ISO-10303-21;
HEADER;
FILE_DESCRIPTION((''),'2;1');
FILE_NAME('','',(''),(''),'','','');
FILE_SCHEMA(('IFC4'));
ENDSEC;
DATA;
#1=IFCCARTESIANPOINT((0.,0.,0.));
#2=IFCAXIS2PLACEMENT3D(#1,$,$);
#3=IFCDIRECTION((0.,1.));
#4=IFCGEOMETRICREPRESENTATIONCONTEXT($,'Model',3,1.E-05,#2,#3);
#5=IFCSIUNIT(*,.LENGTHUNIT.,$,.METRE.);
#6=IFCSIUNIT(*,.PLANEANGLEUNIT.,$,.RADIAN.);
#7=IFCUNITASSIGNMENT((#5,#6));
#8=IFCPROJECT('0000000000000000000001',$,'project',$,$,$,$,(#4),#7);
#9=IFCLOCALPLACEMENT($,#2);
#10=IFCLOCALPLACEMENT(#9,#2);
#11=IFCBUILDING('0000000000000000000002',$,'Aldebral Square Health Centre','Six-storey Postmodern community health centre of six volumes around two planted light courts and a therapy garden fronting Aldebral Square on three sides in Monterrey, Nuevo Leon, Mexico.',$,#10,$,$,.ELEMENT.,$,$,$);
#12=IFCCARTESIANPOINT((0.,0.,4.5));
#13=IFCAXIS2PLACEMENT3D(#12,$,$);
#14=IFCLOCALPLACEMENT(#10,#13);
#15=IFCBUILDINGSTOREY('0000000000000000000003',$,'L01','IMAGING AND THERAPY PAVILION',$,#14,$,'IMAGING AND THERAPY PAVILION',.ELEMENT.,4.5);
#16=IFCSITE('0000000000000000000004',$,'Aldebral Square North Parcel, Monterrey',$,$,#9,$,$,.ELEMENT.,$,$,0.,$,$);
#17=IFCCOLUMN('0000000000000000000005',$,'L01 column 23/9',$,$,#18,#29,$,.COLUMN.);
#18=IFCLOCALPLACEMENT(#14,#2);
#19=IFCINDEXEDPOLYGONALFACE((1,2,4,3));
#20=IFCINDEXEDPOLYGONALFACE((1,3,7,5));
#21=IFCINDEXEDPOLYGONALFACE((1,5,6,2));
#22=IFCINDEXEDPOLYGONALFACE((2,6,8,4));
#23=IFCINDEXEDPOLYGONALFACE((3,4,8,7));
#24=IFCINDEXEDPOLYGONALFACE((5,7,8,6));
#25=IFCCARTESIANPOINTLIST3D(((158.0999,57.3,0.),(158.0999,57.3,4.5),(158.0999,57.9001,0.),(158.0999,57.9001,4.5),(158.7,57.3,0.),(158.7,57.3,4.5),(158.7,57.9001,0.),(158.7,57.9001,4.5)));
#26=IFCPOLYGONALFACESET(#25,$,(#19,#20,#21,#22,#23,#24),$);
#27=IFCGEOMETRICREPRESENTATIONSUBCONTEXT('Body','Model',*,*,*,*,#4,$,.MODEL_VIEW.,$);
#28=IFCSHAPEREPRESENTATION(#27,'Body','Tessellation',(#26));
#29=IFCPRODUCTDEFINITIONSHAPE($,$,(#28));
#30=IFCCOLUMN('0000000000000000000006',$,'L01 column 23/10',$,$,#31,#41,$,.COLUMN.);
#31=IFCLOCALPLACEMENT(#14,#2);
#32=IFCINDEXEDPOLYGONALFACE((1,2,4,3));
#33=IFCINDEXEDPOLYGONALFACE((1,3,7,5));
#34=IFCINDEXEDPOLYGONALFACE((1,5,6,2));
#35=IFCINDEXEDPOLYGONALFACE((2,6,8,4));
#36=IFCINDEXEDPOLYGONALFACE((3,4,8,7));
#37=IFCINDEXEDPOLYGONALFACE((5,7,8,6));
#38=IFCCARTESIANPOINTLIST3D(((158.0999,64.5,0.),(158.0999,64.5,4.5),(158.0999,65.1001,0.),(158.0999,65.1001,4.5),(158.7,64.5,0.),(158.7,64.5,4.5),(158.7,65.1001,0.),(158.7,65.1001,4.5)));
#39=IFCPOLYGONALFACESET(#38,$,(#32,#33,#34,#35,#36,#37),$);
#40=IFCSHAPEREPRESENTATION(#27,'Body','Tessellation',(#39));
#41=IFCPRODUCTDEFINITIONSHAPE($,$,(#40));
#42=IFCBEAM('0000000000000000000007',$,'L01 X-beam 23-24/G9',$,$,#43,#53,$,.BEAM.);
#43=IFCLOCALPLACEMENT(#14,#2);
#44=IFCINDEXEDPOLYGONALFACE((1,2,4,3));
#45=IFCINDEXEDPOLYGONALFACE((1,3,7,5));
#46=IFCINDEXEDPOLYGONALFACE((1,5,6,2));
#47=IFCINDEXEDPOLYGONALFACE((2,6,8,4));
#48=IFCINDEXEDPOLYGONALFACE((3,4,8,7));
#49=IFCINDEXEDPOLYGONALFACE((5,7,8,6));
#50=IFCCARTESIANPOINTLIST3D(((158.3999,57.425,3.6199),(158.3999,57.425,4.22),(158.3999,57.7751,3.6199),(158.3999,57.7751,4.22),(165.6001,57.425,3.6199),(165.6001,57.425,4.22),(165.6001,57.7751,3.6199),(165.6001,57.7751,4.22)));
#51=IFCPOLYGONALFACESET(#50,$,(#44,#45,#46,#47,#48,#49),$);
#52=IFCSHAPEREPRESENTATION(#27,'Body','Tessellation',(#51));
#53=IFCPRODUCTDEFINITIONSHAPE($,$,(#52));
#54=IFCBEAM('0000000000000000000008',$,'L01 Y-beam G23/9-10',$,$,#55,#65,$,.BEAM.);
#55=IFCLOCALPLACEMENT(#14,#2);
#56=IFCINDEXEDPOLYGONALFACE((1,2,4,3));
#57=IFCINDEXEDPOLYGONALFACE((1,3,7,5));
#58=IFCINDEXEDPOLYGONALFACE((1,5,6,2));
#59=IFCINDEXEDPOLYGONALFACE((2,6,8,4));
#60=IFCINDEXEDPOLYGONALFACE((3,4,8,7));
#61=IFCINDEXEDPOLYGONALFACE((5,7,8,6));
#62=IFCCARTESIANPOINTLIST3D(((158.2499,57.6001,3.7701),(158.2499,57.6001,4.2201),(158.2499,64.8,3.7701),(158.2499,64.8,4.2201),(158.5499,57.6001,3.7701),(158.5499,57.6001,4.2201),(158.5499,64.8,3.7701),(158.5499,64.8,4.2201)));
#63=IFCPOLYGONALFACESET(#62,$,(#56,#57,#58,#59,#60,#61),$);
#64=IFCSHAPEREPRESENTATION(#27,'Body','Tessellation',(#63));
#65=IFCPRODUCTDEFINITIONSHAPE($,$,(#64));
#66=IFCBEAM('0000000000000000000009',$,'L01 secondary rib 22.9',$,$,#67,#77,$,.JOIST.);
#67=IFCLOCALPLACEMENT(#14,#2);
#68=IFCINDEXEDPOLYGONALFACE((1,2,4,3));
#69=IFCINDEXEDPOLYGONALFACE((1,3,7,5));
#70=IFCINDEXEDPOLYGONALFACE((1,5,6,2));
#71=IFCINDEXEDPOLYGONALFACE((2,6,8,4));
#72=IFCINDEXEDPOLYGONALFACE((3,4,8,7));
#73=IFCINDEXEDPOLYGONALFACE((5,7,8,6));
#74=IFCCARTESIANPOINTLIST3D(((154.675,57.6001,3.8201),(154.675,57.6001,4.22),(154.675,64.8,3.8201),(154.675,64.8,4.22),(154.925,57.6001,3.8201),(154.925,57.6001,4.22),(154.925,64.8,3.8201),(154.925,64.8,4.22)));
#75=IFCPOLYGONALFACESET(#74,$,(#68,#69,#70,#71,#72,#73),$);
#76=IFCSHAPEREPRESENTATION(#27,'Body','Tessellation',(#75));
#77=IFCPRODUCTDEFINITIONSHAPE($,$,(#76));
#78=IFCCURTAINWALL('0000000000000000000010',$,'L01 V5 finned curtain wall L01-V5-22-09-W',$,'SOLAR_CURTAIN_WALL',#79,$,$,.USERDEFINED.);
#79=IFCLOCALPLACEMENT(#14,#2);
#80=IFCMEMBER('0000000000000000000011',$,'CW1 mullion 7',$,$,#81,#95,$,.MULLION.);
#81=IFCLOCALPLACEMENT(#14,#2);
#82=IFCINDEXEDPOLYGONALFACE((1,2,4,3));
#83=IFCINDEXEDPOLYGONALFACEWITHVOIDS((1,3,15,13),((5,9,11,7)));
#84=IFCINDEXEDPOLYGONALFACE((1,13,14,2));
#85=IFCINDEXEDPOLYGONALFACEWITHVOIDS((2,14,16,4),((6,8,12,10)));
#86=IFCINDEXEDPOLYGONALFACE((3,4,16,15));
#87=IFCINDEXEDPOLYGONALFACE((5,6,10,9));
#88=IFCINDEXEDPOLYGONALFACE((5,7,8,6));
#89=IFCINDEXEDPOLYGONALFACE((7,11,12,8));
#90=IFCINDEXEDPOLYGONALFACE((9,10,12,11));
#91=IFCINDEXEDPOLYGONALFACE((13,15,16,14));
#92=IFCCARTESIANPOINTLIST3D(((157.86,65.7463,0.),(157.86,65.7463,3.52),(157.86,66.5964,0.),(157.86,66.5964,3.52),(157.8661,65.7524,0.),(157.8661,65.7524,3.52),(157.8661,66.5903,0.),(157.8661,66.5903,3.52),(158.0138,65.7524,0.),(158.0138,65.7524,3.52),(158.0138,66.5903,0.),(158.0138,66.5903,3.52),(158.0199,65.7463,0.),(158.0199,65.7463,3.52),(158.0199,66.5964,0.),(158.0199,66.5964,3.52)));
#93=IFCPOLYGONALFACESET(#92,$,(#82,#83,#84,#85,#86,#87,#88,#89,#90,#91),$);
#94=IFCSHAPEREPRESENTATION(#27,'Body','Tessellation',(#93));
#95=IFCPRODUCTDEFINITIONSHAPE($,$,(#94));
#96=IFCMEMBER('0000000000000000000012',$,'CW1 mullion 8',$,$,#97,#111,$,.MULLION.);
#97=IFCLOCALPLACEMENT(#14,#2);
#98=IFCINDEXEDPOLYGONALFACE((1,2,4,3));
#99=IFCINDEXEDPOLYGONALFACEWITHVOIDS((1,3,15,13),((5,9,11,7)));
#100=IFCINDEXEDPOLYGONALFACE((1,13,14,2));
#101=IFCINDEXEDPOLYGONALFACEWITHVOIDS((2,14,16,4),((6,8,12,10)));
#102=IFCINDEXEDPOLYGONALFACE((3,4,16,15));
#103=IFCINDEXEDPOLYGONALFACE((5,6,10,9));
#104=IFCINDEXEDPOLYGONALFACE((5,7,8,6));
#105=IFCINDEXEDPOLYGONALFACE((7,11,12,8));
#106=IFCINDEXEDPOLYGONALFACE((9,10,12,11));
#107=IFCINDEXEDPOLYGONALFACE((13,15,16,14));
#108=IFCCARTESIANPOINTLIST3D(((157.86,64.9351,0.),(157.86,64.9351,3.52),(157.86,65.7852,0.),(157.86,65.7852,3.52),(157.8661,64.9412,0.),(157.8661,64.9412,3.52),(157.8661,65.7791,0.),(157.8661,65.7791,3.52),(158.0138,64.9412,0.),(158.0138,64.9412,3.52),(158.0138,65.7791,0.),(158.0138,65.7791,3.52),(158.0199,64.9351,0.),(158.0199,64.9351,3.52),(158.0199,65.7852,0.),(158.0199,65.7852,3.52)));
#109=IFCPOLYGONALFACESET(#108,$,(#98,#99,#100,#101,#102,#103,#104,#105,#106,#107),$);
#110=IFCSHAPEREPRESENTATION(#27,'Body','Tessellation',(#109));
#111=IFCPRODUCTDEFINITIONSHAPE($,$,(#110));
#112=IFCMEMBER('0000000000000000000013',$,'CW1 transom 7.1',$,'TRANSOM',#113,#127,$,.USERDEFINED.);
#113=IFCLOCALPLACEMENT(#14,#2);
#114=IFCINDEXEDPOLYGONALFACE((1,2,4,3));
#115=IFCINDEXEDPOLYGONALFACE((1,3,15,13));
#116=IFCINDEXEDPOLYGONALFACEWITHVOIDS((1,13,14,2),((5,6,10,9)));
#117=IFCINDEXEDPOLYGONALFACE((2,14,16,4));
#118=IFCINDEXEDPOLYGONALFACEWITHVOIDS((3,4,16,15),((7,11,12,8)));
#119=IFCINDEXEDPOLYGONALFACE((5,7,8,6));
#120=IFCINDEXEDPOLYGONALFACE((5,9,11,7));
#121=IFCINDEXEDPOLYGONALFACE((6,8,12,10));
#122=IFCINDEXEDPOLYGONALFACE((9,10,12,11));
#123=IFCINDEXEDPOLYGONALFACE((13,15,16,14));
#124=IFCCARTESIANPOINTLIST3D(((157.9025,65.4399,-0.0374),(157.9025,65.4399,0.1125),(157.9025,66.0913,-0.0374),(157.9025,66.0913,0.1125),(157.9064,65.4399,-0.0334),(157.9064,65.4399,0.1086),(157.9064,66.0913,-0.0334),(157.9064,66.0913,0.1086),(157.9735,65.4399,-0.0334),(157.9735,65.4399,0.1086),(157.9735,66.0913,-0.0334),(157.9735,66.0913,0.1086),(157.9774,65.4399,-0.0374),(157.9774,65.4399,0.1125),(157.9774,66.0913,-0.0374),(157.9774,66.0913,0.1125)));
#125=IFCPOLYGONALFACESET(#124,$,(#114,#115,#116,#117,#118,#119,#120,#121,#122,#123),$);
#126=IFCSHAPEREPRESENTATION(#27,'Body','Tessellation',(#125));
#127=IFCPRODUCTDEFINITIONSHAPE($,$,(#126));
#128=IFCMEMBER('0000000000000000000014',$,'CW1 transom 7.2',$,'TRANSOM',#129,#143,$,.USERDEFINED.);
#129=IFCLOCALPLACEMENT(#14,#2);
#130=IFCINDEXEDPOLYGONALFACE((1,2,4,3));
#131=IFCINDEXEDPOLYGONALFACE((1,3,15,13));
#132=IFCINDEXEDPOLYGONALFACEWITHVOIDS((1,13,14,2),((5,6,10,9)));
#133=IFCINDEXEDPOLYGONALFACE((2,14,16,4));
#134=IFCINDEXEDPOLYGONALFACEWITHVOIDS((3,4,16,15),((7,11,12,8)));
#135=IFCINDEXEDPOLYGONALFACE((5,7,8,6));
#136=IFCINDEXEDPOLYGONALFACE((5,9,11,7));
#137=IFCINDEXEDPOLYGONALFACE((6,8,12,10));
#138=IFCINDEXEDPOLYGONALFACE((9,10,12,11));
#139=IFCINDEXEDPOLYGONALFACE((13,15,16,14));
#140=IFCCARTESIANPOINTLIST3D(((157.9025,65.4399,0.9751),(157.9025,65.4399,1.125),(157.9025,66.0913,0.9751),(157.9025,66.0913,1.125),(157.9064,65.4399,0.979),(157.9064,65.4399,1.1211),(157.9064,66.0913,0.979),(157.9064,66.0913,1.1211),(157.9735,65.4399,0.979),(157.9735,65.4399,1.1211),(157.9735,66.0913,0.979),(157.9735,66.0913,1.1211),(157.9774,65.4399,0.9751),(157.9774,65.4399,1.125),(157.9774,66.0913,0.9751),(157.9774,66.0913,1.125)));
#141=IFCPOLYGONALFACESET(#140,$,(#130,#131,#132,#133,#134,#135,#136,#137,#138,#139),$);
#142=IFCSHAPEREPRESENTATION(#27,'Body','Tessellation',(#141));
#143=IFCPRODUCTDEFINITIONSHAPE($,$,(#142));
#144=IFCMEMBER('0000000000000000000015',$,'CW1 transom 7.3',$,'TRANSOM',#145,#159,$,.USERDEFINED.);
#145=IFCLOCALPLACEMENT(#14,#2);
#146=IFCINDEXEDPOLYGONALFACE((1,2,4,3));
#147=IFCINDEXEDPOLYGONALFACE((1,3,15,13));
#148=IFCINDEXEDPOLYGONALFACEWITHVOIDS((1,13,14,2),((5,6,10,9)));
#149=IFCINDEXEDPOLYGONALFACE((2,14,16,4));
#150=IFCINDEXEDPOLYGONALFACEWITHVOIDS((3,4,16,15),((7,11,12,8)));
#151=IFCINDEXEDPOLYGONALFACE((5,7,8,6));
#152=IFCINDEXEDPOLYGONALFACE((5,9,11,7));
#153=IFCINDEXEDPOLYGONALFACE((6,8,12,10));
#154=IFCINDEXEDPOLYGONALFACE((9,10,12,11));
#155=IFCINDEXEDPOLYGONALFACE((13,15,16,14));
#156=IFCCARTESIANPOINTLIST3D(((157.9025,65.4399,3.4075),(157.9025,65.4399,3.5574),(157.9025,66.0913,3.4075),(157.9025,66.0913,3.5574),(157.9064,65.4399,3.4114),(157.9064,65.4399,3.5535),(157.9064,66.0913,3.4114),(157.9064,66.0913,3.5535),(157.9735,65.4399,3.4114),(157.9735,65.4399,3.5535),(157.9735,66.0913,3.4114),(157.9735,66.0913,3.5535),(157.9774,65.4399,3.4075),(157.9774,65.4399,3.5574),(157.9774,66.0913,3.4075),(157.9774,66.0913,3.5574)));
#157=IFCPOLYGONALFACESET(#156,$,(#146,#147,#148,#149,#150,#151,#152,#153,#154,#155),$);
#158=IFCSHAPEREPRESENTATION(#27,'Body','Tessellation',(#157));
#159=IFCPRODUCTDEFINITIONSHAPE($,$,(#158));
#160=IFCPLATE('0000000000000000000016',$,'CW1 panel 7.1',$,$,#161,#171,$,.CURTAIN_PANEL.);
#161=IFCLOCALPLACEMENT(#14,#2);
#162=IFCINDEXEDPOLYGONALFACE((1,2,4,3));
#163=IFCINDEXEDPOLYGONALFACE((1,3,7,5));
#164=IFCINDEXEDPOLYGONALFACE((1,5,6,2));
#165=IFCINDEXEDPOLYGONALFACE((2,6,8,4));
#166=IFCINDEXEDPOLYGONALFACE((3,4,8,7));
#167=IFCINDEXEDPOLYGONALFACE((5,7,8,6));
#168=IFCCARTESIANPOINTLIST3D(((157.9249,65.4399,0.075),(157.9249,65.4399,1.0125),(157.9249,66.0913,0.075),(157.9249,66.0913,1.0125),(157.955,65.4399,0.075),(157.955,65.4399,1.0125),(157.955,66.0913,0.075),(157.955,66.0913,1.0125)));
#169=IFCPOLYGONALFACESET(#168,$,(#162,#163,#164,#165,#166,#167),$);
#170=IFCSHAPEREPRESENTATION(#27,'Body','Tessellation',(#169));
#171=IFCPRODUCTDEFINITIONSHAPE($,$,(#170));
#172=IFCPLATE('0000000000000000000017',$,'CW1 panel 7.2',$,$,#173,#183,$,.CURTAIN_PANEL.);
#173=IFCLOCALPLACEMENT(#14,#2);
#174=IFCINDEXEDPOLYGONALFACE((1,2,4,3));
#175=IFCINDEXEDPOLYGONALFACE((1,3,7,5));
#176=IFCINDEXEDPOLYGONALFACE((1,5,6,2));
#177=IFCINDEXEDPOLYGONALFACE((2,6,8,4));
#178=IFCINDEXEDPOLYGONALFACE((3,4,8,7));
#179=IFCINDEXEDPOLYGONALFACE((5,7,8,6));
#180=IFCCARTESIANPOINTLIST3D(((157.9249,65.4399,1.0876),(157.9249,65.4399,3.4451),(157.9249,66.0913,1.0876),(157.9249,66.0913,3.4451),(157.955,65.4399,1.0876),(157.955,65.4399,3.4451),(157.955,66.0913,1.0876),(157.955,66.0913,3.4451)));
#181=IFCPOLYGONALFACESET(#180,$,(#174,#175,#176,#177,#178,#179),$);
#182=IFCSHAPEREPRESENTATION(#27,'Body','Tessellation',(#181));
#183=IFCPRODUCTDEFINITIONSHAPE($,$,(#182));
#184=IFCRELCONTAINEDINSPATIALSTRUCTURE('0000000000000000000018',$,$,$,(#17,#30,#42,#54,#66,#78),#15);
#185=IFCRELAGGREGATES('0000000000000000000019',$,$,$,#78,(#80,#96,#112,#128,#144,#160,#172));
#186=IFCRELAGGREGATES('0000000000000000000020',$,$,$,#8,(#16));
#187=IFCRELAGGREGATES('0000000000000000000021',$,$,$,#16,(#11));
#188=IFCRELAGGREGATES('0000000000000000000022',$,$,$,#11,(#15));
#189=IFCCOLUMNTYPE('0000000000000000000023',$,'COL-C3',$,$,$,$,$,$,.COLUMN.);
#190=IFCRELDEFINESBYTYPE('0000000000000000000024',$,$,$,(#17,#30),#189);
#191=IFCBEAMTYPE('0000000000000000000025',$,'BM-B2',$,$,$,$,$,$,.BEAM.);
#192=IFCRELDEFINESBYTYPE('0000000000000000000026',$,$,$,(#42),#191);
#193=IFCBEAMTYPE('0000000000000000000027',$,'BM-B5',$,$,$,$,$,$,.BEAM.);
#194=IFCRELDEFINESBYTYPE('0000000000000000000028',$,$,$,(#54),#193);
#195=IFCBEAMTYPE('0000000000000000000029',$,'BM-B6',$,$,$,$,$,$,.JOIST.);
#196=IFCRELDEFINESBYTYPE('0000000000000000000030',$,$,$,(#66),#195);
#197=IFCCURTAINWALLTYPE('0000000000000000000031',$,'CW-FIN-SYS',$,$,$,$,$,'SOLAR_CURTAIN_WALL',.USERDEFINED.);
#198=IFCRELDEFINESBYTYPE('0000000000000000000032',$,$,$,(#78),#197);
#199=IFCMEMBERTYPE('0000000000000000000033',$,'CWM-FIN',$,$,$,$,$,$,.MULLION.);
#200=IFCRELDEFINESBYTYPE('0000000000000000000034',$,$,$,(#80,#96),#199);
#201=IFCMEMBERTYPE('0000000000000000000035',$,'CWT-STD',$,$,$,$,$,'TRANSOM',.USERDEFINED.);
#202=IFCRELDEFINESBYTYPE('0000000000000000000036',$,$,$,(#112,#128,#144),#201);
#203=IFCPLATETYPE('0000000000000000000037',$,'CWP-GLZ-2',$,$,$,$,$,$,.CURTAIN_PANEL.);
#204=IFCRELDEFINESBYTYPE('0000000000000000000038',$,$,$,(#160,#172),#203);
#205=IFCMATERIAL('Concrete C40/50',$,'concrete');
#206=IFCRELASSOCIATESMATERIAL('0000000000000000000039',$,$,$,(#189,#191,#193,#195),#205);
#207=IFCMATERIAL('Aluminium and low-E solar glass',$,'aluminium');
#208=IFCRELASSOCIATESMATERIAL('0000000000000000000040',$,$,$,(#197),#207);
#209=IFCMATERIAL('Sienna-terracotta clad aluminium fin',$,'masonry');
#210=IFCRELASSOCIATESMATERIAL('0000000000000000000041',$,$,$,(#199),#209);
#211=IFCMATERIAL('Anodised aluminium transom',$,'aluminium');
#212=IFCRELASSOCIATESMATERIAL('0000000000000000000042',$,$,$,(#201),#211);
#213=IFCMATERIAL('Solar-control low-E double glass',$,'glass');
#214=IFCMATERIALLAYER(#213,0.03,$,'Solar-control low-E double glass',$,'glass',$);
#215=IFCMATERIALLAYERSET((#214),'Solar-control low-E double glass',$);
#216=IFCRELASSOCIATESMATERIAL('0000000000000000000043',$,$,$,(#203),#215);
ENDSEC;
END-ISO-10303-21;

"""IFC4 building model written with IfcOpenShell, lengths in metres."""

from ifc_helpers import new_model, si_unit, direction, frame, origin, origin_2d, place, context, subcontext, project, spatial, rectangle, hollow_rectangle, extrude, material, layer, layer_set, material_profile, profile_set, type_object, element, aggregate, save


model = new_model("IFC4")

# Units and contexts
model_context = context("Model", 3, precision=1e-05, world=origin(), true_north=direction((0.0, 1.0)))
body_context = subcontext(model_context, "Body", "Model", "MODEL_VIEW")
ifc_project = project(units=[si_unit("LENGTHUNIT", "METRE"), si_unit("PLANEANGLEUNIT", "RADIAN")], contexts=[model_context])

# Site, building, storey
site_placement = place(None, origin())
site = spatial("IfcSite", under=ifc_project, at=site_placement, Name="Aldebral Square North Parcel, Monterrey", CompositionType="ELEMENT", RefElevation=0.0)
building_placement = place(site_placement, origin())
building = spatial("IfcBuilding", under=site, at=building_placement, Name="Aldebral Square Health Centre", Description="Six-storey Postmodern community health centre of six volumes around two planted light courts and a therapy garden fronting Aldebral Square on three sides in Monterrey, Nuevo Leon, Mexico.", CompositionType="ELEMENT")
storey_placement = place(building_placement, frame((0.0, 0.0, 4.5)))
storey = spatial("IfcBuildingStorey", under=building, at=storey_placement, Name="L01", Description="IMAGING AND THERAPY PAVILION", LongName="IMAGING AND THERAPY PAVILION", CompositionType="ELEMENT", Elevation=4.5)

# Columns
ifc_material_1 = material(Name="Concrete C40/50", Category="concrete")
ifc_material_profile_1 = material_profile(ifc_material_1, rectangle(XDim=0.6001, YDim=0.6001, at=origin_2d()), Name="RC 600x600")
ifc_profile_set_1 = profile_set([ifc_material_profile_1], Name="Concrete C40/50")
column_type = type_object("IfcColumnType", Name="COL-C3", PredefinedType="COLUMN", material=ifc_profile_set_1)
for number, where, z_axis, x_axis, name in (
    (1, (158.3999, 57.6001, 0.0), (0.0, 0.0, 1.0), (1.0, 0.0, 0.0), "L01 column 23/9"),
    (2, (158.3999, 64.8, 0.0), (0.0, 0.0, 1.0), (1.0, 0.0, 0.0), "L01 column 23/10"),
):
    element("IfcColumn", number, at=place(storey_placement, frame(where, z_axis=z_axis, x_axis=x_axis)), inside=storey, type_object=column_type, Name=name, PredefinedType="COLUMN", context=body_context, shape_type="SweptSolid", body=[
        extrude(rectangle(XDim=0.6001, YDim=0.6001, at=origin_2d()), origin(), (0.0, 0.0, 1.0), 4.5),
    ])

# Beams
ifc_material_profile_2 = material_profile(ifc_material_1, rectangle(XDim=0.3501, YDim=0.6001, at=origin_2d()), Name="RC 350x600")
ifc_profile_set_2 = profile_set([ifc_material_profile_2], Name="Concrete C40/50")
beam_type_1 = type_object("IfcBeamType", Name="BM-B2", PredefinedType="BEAM", material=ifc_profile_set_2)
beam_1_placement = place(storey_placement, frame((158.3999, 57.6001, 3.9199), z_axis=(1.0, 0.0, 0.0), x_axis=(0.0, 1.0, 0.0)))
element("IfcBeam", 3, at=beam_1_placement, inside=storey, type_object=beam_type_1, Name="L01 X-beam 23-24/G9", PredefinedType="BEAM", context=body_context, shape_type="SweptSolid", body=[
    extrude(rectangle(XDim=0.3501, YDim=0.6001, at=origin_2d()), origin(), (0.0, 0.0, 1.0), 7.2002),
])
ifc_material_profile_3 = material_profile(ifc_material_1, rectangle(XDim=0.3, YDim=0.45, at=origin_2d()), Name="RC 300x450")
ifc_profile_set_3 = profile_set([ifc_material_profile_3], Name="Concrete C40/50")
beam_type_2 = type_object("IfcBeamType", Name="BM-B5", PredefinedType="BEAM", material=ifc_profile_set_3)
beam_2_placement = place(storey_placement, frame((158.3999, 57.6001, 3.9951), z_axis=(0.0, 1.0, 0.0), x_axis=(-1.0, 0.0, 0.0)))
element("IfcBeam", 4, at=beam_2_placement, inside=storey, type_object=beam_type_2, Name="L01 Y-beam G23/9-10", PredefinedType="BEAM", context=body_context, shape_type="SweptSolid", body=[
    extrude(rectangle(XDim=0.3, YDim=0.45, at=origin_2d()), origin(), (0.0, 0.0, 1.0), 7.2),
])
ifc_material_profile_4 = material_profile(ifc_material_1, rectangle(XDim=0.25, YDim=0.3999, at=origin_2d()), Name="RC 250x400")
ifc_profile_set_4 = profile_set([ifc_material_profile_4], Name="Concrete C40/50")
beam_type_3 = type_object("IfcBeamType", Name="BM-B6", PredefinedType="JOIST", material=ifc_profile_set_4)
beam_3_placement = place(storey_placement, frame((154.8, 57.6001, 4.02), z_axis=(0.0, 1.0, 0.0), x_axis=(-1.0, 0.0, 0.0)))
element("IfcBeam", 5, at=beam_3_placement, inside=storey, type_object=beam_type_3, Name="L01 secondary rib 22.9", PredefinedType="JOIST", context=body_context, shape_type="SweptSolid", body=[
    extrude(rectangle(XDim=0.25, YDim=0.3999, at=origin_2d()), origin(), (0.0, 0.0, 1.0), 7.2),
])

# Curtain wall, members, plates
ifc_material_2 = material(Name="Aluminium and low-E solar glass", Category="aluminium")
curtain_wall_type = type_object("IfcCurtainWallType", Name="CW-FIN-SYS", ElementType="SOLAR_CURTAIN_WALL", PredefinedType="USERDEFINED", material=ifc_material_2)
curtain_wall_placement = place(storey_placement, origin())
curtain_wall = element("IfcCurtainWall", 6, at=curtain_wall_placement, inside=storey, type_object=curtain_wall_type, Name="L01 V5 finned curtain wall L01-V5-22-09-W", ObjectType="SOLAR_CURTAIN_WALL", PredefinedType="USERDEFINED")
ifc_material_3 = material(Name="Sienna-terracotta clad aluminium fin", Category="masonry")
ifc_material_profile_5 = material_profile(ifc_material_3, hollow_rectangle(XDim=0.1599, YDim=0.8501, WallThickness=0.0061, at=origin_2d()), Name="FIN 160x850x6")
ifc_profile_set_5 = profile_set([ifc_material_profile_5], Name="Sienna-terracotta clad aluminium fin")
member_type_1 = type_object("IfcMemberType", Name="CWM-FIN", PredefinedType="MULLION", material=ifc_profile_set_5)
member_1_placement = place(storey_placement, frame((157.9399, 66.1714, 0.0), z_axis=(0.0, 0.0, 1.0), x_axis=(1.0, 0.0, 0.0)))
member_1 = element("IfcMember", 7, at=member_1_placement, type_object=member_type_1, Name="CW1 mullion 7", PredefinedType="MULLION", context=body_context, shape_type="SweptSolid", body=[
    extrude(hollow_rectangle(XDim=0.1599, YDim=0.8501, WallThickness=0.0061, at=origin_2d()), origin(), (0.0, 0.0, 1.0), 3.52),
])
member_2_placement = place(storey_placement, frame((157.9399, 65.3601, 0.0), z_axis=(0.0, 0.0, 1.0), x_axis=(1.0, 0.0, 0.0)))
member_2 = element("IfcMember", 8, at=member_2_placement, type_object=member_type_1, Name="CW1 mullion 8", PredefinedType="MULLION", context=body_context, shape_type="SweptSolid", body=[
    extrude(hollow_rectangle(XDim=0.1599, YDim=0.8501, WallThickness=0.0061, at=origin_2d()), origin(), (0.0, 0.0, 1.0), 3.52),
])
ifc_material_4 = material(Name="Anodised aluminium transom", Category="aluminium")
ifc_material_profile_6 = material_profile(ifc_material_4, hollow_rectangle(XDim=0.075, YDim=0.1499, WallThickness=0.0039, at=origin_2d()), Name="CWT 75x150x4")
ifc_profile_set_6 = profile_set([ifc_material_profile_6], Name="Anodised aluminium transom")
member_type_2 = type_object("IfcMemberType", Name="CWT-STD", ElementType="TRANSOM", PredefinedType="USERDEFINED", material=ifc_profile_set_6)
member_3_placement = place(storey_placement, frame((157.9399, 66.0913, 0.0376), z_axis=(0.0, -1.0, 0.0), x_axis=(1.0, 0.0, 0.0)))
member_3 = element("IfcMember", 9, at=member_3_placement, type_object=member_type_2, Name="CW1 transom 7.1", ObjectType="TRANSOM", PredefinedType="USERDEFINED", context=body_context, shape_type="SweptSolid", body=[
    extrude(hollow_rectangle(XDim=0.075, YDim=0.1499, WallThickness=0.0039, at=origin_2d()), origin(), (0.0, 0.0, 1.0), 0.6514),
])
member_4_placement = place(storey_placement, frame((157.9399, 66.0913, 1.05), z_axis=(0.0, -1.0, 0.0), x_axis=(1.0, 0.0, 0.0)))
member_4 = element("IfcMember", 10, at=member_4_placement, type_object=member_type_2, Name="CW1 transom 7.2", ObjectType="TRANSOM", PredefinedType="USERDEFINED", context=body_context, shape_type="SweptSolid", body=[
    extrude(hollow_rectangle(XDim=0.075, YDim=0.1499, WallThickness=0.0039, at=origin_2d()), origin(), (0.0, 0.0, 1.0), 0.6514),
])
member_5_placement = place(storey_placement, frame((157.9399, 66.0913, 3.4824), z_axis=(0.0, -1.0, 0.0), x_axis=(1.0, 0.0, 0.0)))
member_5 = element("IfcMember", 11, at=member_5_placement, type_object=member_type_2, Name="CW1 transom 7.3", ObjectType="TRANSOM", PredefinedType="USERDEFINED", context=body_context, shape_type="SweptSolid", body=[
    extrude(hollow_rectangle(XDim=0.075, YDim=0.1499, WallThickness=0.0039, at=origin_2d()), origin(), (0.0, 0.0, 1.0), 0.6514),
])
ifc_material_5 = material(Name="Solar-control low-E double glass", Category="glass")
ifc_layer_1 = layer(ifc_material_5, 0.03, Name="Solar-control low-E double glass", Category="glass")
ifc_layer_set_1 = layer_set([ifc_layer_1], Name="Solar-control low-E double glass")
plate_type = type_object("IfcPlateType", Name="CWP-GLZ-2", PredefinedType="CURTAIN_PANEL", material=ifc_layer_set_1)
plate_1_placement = place(storey_placement, frame((157.9399, 65.7656, 0.075), z_axis=(0.0, 0.0, 1.0), x_axis=(0.0, -1.0, 0.0)))
plate_1 = element("IfcPlate", 12, at=plate_1_placement, type_object=plate_type, Name="CW1 panel 7.1", PredefinedType="CURTAIN_PANEL", context=body_context, shape_type="SweptSolid", body=[
    extrude(rectangle(XDim=0.6514, YDim=0.03, at=origin_2d()), origin(), (0.0, 0.0, 1.0), 0.9375),
])
plate_2_placement = place(storey_placement, frame((157.9399, 65.7656, 1.0876), z_axis=(0.0, 0.0, 1.0), x_axis=(0.0, -1.0, 0.0)))
plate_2 = element("IfcPlate", 13, at=plate_2_placement, type_object=plate_type, Name="CW1 panel 7.2", PredefinedType="CURTAIN_PANEL", context=body_context, shape_type="SweptSolid", body=[
    extrude(rectangle(XDim=0.6514, YDim=0.03, at=origin_2d()), origin(), (0.0, 0.0, 1.0), 2.3574),
])
aggregate(curtain_wall, [member_1, member_2, member_3, member_4, member_5, plate_1, plate_2])

save(model, "model.ifc")
